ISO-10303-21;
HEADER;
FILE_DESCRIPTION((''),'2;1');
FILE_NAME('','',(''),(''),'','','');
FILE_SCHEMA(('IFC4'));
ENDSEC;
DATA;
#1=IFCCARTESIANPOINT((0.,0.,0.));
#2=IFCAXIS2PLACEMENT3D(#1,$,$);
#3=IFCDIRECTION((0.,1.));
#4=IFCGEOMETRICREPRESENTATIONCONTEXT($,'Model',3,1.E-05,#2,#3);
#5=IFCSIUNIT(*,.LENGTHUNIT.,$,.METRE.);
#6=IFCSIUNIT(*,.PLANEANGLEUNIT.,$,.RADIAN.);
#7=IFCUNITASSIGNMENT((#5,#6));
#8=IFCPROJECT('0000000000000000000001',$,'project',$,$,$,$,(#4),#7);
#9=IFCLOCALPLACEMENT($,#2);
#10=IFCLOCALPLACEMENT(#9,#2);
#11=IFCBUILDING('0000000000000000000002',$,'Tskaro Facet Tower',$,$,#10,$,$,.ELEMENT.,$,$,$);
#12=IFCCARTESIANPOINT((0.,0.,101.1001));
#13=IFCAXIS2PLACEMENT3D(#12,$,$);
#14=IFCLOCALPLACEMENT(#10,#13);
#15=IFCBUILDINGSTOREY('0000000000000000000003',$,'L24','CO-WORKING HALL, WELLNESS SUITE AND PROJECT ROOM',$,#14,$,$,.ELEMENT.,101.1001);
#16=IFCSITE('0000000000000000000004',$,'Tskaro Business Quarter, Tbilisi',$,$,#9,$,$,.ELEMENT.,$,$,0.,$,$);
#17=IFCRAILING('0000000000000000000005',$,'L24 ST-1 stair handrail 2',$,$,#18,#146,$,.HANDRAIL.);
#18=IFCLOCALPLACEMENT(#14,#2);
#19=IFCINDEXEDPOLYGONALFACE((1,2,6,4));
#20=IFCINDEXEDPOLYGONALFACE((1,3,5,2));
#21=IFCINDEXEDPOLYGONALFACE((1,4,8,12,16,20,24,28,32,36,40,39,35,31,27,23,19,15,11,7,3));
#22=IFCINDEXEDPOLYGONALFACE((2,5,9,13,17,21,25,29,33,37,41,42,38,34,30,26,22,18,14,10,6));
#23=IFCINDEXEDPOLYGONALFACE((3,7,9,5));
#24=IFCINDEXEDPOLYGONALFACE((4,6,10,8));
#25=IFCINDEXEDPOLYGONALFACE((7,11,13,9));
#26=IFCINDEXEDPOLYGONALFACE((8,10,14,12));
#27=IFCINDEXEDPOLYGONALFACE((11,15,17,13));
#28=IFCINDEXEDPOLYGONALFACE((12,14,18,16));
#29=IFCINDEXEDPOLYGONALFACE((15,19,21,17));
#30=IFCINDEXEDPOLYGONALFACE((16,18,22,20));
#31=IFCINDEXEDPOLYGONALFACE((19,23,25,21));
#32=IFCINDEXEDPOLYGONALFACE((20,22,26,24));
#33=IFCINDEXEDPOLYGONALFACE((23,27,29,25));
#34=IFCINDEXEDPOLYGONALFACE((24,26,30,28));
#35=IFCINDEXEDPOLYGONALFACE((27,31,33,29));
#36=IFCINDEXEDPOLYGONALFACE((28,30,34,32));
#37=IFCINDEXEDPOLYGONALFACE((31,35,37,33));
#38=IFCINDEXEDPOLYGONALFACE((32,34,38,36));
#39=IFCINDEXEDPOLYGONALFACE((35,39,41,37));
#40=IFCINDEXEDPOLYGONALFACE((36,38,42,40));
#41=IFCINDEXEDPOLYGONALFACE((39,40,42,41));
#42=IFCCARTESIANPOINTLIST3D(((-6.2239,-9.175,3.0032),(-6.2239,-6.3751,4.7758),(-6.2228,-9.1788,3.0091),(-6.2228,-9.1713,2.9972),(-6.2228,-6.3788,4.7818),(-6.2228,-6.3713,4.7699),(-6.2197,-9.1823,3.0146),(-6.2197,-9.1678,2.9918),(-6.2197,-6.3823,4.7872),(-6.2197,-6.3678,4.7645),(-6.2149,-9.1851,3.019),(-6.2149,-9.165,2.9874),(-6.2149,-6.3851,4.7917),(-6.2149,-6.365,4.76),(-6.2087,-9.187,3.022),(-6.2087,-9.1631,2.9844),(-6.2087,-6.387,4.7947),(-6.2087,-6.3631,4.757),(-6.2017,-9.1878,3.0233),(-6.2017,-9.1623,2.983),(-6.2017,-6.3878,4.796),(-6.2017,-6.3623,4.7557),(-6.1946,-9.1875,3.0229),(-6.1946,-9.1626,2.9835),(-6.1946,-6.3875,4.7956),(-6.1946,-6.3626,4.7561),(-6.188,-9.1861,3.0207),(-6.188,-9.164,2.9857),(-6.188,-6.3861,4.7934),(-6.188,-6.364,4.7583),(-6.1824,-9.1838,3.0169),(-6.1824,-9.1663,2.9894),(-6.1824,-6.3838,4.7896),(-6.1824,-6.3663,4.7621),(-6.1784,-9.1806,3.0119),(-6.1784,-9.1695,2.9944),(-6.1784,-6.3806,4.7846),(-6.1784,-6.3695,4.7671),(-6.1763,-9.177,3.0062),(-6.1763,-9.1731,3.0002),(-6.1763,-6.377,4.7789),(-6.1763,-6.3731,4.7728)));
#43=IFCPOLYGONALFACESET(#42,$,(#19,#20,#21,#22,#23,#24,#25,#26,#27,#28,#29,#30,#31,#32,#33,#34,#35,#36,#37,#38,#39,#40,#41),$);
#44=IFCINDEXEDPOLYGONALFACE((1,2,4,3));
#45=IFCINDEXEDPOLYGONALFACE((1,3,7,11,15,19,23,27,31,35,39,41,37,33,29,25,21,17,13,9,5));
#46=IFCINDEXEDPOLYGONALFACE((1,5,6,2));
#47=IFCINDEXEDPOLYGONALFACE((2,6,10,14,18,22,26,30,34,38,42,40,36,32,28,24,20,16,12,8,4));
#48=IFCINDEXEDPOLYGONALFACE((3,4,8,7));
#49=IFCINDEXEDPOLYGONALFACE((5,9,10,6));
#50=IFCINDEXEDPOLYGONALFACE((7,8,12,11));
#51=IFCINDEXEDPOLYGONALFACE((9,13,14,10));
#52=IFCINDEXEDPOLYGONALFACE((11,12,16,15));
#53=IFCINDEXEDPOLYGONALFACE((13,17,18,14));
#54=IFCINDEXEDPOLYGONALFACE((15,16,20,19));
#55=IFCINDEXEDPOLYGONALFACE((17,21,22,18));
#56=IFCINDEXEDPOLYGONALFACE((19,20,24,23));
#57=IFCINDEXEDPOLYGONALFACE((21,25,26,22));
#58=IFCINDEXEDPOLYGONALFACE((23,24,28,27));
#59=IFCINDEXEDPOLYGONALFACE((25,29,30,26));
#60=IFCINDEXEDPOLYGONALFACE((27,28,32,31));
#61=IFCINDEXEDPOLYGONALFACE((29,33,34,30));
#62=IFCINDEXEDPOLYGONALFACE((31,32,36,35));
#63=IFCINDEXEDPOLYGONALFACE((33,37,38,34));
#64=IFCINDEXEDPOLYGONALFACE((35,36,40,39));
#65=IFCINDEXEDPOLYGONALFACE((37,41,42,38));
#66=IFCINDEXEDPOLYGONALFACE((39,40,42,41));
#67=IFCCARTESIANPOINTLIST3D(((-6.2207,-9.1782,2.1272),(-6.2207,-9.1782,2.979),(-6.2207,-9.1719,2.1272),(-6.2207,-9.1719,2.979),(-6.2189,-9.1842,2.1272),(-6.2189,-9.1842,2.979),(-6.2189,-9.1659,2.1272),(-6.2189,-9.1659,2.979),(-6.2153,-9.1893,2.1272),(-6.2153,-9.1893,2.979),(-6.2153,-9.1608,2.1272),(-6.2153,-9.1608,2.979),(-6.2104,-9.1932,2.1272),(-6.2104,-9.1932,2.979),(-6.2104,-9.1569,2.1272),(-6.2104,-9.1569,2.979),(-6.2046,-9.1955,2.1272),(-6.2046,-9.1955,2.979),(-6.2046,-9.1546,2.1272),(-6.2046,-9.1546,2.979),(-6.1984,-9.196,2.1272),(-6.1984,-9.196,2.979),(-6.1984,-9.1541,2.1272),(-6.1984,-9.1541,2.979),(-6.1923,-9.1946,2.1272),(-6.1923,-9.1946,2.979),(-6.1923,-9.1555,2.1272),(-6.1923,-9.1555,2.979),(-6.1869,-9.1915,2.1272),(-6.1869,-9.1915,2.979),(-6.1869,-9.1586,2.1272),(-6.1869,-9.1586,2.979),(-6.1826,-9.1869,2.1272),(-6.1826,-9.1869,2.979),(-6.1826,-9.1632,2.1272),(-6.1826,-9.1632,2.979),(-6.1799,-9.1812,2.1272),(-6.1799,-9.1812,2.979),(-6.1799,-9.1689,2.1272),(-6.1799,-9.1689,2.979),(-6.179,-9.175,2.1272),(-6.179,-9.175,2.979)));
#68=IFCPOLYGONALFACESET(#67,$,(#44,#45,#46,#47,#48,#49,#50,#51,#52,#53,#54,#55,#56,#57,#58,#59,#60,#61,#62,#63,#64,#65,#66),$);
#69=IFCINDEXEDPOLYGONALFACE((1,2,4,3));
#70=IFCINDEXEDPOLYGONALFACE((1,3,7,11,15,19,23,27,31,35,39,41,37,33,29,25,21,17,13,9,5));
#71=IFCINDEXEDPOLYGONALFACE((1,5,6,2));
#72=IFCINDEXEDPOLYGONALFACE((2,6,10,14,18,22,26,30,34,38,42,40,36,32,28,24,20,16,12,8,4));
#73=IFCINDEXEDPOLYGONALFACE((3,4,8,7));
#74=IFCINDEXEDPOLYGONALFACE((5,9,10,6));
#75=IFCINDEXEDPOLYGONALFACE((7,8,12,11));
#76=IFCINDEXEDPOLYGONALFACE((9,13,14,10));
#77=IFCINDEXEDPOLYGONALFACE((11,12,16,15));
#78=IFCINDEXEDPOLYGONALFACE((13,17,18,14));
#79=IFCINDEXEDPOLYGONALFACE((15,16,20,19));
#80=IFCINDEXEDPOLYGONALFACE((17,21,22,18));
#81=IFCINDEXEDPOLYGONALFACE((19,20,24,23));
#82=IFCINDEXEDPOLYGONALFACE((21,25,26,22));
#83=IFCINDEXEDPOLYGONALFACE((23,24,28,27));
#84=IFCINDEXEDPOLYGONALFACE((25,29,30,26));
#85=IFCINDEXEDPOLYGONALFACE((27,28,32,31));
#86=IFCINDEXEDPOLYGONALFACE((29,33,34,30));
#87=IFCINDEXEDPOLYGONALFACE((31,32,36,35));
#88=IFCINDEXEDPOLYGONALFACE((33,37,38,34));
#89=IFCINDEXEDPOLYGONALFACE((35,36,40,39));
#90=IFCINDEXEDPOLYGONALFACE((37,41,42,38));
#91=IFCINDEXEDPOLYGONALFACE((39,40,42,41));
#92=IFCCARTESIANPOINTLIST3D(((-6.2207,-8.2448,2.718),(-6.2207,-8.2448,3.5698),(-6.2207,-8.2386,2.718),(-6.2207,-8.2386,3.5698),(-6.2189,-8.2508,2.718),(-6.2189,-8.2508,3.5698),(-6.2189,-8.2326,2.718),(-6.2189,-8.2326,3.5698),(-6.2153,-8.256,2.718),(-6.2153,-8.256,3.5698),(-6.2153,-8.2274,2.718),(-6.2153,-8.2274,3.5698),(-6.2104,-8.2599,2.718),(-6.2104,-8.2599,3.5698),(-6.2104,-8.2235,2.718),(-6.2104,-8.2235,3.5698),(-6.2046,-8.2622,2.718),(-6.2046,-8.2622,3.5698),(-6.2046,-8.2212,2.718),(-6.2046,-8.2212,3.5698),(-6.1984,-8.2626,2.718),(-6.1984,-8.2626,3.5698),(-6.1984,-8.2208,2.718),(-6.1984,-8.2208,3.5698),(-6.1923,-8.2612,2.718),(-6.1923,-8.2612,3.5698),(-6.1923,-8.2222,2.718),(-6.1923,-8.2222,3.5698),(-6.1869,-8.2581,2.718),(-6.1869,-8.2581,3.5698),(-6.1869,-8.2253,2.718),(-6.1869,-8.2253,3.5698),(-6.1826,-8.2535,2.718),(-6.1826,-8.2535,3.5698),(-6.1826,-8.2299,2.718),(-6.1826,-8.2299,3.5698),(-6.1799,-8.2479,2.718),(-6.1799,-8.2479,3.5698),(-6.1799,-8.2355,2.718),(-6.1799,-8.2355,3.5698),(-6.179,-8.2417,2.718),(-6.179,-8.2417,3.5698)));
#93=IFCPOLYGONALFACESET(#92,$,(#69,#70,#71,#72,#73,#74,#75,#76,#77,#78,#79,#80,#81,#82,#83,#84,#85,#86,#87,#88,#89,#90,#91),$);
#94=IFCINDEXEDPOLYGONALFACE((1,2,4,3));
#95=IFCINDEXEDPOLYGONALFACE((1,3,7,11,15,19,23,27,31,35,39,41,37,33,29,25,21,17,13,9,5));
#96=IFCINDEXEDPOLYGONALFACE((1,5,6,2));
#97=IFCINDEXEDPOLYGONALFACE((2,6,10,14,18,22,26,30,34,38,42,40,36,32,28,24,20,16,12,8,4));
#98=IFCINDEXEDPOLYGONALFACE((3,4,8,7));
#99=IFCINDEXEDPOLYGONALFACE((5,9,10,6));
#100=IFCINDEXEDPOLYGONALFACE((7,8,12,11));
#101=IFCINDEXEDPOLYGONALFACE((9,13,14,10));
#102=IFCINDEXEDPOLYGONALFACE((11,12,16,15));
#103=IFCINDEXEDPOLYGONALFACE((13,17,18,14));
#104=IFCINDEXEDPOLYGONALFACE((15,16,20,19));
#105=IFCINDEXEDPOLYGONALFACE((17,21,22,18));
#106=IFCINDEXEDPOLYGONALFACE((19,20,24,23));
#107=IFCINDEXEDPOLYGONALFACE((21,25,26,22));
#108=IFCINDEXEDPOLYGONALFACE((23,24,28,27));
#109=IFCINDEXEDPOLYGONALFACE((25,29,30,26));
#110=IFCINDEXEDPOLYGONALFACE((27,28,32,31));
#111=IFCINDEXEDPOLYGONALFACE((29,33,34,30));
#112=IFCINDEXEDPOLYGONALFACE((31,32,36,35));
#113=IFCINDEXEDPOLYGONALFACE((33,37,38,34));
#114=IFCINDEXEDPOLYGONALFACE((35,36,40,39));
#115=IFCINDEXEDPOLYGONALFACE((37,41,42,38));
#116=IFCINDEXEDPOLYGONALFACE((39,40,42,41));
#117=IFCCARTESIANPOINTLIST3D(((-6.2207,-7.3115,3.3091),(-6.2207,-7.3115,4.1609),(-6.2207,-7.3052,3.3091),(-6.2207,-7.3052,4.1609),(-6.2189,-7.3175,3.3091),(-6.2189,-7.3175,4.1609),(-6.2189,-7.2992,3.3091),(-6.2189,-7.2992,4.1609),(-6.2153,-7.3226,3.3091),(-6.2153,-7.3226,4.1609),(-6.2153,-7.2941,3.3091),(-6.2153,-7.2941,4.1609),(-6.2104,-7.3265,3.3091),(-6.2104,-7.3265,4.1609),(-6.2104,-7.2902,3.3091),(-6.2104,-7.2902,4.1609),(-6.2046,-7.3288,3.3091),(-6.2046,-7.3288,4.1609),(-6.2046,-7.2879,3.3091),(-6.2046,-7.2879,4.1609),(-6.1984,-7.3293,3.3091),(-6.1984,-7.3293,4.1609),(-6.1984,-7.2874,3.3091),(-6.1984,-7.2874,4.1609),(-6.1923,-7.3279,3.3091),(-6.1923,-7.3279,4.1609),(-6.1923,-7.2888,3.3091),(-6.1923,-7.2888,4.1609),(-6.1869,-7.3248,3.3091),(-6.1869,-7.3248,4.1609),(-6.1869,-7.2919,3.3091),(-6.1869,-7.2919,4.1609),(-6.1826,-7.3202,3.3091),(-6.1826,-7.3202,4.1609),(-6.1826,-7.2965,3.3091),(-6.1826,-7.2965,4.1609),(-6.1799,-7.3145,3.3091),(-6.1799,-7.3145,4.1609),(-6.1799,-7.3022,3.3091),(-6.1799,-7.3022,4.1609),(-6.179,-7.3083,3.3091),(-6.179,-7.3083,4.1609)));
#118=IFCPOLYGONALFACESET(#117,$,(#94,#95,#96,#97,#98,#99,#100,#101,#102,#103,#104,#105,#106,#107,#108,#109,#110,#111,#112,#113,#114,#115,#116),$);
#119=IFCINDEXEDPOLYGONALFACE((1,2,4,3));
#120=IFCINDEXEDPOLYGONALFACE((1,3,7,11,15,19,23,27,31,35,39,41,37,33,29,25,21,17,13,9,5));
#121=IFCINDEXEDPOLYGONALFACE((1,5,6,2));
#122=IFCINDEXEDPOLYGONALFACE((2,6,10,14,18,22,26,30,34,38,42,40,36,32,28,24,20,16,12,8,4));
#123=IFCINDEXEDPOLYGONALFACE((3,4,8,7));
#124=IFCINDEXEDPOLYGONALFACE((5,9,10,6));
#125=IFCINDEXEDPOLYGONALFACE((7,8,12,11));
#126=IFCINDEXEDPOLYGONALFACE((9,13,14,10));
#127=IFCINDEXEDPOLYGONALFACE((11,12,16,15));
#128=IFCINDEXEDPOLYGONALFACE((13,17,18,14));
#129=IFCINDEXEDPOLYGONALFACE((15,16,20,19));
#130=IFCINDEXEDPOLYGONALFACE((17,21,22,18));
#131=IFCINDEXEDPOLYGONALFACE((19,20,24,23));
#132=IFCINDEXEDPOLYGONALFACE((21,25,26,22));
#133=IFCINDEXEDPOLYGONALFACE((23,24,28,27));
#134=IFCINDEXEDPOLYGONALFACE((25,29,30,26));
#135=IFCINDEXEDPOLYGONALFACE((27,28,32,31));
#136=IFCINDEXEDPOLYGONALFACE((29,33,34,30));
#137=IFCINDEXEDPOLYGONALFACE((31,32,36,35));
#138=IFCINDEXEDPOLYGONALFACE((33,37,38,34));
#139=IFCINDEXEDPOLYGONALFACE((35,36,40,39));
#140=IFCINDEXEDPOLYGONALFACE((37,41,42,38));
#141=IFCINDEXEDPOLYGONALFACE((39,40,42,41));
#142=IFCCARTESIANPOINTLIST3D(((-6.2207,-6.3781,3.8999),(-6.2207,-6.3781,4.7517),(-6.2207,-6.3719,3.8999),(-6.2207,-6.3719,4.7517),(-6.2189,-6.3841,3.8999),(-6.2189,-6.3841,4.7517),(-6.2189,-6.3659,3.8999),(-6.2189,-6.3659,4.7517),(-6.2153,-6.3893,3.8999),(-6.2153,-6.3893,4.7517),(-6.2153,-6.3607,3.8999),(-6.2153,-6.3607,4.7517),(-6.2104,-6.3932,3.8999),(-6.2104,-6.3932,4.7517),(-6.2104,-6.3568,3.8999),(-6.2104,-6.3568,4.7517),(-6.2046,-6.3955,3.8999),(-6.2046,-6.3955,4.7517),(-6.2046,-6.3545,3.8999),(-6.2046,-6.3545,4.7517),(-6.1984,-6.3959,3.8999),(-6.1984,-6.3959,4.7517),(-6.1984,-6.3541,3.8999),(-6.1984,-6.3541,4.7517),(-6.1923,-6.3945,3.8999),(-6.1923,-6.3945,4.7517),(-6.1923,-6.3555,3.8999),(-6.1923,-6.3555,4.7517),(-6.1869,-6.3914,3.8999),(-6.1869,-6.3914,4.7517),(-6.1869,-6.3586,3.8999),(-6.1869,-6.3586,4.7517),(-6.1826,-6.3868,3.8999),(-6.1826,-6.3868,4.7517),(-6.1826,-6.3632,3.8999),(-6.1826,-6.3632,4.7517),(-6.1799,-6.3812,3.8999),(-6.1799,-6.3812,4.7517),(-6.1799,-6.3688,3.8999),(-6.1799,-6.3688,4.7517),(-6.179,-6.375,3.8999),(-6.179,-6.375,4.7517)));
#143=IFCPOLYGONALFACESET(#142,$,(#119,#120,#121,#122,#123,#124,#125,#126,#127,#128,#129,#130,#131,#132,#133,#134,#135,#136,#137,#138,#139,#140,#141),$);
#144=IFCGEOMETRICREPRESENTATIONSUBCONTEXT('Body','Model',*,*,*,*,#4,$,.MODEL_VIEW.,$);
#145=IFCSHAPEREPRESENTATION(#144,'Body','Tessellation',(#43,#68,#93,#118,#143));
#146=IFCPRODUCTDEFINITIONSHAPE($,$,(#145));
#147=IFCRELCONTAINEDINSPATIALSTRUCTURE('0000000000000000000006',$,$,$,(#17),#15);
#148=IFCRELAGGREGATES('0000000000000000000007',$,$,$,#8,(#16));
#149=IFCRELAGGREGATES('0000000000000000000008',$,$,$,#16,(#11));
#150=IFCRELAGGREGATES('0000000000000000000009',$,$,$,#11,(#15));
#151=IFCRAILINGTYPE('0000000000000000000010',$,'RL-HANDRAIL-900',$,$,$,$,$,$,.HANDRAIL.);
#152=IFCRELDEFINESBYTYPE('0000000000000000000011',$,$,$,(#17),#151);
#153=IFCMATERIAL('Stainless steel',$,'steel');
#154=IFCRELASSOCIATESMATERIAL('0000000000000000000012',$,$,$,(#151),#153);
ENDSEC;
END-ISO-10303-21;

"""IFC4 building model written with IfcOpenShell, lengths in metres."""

from ifc_helpers import new_model, si_unit, direction, frame, origin, origin_2d, place, context, subcontext, project, spatial, circle, extrude, material, type_object, element, save


model = new_model("IFC4")

# Units and contexts
model_context = context("Model", 3, precision=1e-05, world=origin(), true_north=direction((0.0, 1.0)))
body_context = subcontext(model_context, "Body", "Model", "MODEL_VIEW")
ifc_project = project(units=[si_unit("LENGTHUNIT", "METRE"), si_unit("PLANEANGLEUNIT", "RADIAN")], contexts=[model_context])

# Site, building, storey
site_placement = place(None, origin())
site = spatial("IfcSite", under=ifc_project, at=site_placement, Name="Tskaro Business Quarter, Tbilisi", CompositionType="ELEMENT", RefElevation=0.0)
building_placement = place(site_placement, origin())
building = spatial("IfcBuilding", under=site, at=building_placement, Name="Tskaro Facet Tower", CompositionType="ELEMENT")
storey_placement = place(building_placement, frame((0.0, 0.0, 101.1001)))
storey = spatial("IfcBuildingStorey", under=building, at=storey_placement, Name="L24", Description="CO-WORKING HALL, WELLNESS SUITE AND PROJECT ROOM", CompositionType="ELEMENT", Elevation=101.1001)

# Shared definitions
ifc_material_1 = material(Name="Stainless steel", Category="steel")

# Railing
railing_type_1 = type_object("IfcRailingType", Name="RL-HANDRAIL-900", PredefinedType="HANDRAIL", material=ifc_material_1)
railing_1_placement = place(storey_placement, frame((-6.2, -9.175, 2.1272)))
element("IfcRailing", 1, at=railing_1_placement, inside=storey, type_object=railing_type_1, Name="L24 ST-1 stair handrail 2", PredefinedType="HANDRAIL", context=body_context, shape_type="SweptSolid", body=[
    extrude(circle(Radius=0.0239, at=origin_2d()), frame((0.0, 0.0, 0.876), z_axis=(0.0, 0.844909, 0.53491), x_axis=(-1.0, 0.0, 0.0)), (0.0, 0.0, 1.0), 3.314),
    extrude(circle(Radius=0.021, at=origin_2d()), origin(), (0.0, 0.0, 1.0), 0.8518),
    extrude(circle(Radius=0.021, at=origin_2d()), frame((0.0, 0.9333, 0.5908)), (0.0, 0.0, 1.0), 0.8518),
    extrude(circle(Radius=0.021, at=origin_2d()), frame((0.0, 1.8667, 1.1819)), (0.0, 0.0, 1.0), 0.8518),
    extrude(circle(Radius=0.021, at=origin_2d()), frame((0.0, 2.8, 1.7727)), (0.0, 0.0, 1.0), 0.8518),
])

save(model, "model.ifc")
